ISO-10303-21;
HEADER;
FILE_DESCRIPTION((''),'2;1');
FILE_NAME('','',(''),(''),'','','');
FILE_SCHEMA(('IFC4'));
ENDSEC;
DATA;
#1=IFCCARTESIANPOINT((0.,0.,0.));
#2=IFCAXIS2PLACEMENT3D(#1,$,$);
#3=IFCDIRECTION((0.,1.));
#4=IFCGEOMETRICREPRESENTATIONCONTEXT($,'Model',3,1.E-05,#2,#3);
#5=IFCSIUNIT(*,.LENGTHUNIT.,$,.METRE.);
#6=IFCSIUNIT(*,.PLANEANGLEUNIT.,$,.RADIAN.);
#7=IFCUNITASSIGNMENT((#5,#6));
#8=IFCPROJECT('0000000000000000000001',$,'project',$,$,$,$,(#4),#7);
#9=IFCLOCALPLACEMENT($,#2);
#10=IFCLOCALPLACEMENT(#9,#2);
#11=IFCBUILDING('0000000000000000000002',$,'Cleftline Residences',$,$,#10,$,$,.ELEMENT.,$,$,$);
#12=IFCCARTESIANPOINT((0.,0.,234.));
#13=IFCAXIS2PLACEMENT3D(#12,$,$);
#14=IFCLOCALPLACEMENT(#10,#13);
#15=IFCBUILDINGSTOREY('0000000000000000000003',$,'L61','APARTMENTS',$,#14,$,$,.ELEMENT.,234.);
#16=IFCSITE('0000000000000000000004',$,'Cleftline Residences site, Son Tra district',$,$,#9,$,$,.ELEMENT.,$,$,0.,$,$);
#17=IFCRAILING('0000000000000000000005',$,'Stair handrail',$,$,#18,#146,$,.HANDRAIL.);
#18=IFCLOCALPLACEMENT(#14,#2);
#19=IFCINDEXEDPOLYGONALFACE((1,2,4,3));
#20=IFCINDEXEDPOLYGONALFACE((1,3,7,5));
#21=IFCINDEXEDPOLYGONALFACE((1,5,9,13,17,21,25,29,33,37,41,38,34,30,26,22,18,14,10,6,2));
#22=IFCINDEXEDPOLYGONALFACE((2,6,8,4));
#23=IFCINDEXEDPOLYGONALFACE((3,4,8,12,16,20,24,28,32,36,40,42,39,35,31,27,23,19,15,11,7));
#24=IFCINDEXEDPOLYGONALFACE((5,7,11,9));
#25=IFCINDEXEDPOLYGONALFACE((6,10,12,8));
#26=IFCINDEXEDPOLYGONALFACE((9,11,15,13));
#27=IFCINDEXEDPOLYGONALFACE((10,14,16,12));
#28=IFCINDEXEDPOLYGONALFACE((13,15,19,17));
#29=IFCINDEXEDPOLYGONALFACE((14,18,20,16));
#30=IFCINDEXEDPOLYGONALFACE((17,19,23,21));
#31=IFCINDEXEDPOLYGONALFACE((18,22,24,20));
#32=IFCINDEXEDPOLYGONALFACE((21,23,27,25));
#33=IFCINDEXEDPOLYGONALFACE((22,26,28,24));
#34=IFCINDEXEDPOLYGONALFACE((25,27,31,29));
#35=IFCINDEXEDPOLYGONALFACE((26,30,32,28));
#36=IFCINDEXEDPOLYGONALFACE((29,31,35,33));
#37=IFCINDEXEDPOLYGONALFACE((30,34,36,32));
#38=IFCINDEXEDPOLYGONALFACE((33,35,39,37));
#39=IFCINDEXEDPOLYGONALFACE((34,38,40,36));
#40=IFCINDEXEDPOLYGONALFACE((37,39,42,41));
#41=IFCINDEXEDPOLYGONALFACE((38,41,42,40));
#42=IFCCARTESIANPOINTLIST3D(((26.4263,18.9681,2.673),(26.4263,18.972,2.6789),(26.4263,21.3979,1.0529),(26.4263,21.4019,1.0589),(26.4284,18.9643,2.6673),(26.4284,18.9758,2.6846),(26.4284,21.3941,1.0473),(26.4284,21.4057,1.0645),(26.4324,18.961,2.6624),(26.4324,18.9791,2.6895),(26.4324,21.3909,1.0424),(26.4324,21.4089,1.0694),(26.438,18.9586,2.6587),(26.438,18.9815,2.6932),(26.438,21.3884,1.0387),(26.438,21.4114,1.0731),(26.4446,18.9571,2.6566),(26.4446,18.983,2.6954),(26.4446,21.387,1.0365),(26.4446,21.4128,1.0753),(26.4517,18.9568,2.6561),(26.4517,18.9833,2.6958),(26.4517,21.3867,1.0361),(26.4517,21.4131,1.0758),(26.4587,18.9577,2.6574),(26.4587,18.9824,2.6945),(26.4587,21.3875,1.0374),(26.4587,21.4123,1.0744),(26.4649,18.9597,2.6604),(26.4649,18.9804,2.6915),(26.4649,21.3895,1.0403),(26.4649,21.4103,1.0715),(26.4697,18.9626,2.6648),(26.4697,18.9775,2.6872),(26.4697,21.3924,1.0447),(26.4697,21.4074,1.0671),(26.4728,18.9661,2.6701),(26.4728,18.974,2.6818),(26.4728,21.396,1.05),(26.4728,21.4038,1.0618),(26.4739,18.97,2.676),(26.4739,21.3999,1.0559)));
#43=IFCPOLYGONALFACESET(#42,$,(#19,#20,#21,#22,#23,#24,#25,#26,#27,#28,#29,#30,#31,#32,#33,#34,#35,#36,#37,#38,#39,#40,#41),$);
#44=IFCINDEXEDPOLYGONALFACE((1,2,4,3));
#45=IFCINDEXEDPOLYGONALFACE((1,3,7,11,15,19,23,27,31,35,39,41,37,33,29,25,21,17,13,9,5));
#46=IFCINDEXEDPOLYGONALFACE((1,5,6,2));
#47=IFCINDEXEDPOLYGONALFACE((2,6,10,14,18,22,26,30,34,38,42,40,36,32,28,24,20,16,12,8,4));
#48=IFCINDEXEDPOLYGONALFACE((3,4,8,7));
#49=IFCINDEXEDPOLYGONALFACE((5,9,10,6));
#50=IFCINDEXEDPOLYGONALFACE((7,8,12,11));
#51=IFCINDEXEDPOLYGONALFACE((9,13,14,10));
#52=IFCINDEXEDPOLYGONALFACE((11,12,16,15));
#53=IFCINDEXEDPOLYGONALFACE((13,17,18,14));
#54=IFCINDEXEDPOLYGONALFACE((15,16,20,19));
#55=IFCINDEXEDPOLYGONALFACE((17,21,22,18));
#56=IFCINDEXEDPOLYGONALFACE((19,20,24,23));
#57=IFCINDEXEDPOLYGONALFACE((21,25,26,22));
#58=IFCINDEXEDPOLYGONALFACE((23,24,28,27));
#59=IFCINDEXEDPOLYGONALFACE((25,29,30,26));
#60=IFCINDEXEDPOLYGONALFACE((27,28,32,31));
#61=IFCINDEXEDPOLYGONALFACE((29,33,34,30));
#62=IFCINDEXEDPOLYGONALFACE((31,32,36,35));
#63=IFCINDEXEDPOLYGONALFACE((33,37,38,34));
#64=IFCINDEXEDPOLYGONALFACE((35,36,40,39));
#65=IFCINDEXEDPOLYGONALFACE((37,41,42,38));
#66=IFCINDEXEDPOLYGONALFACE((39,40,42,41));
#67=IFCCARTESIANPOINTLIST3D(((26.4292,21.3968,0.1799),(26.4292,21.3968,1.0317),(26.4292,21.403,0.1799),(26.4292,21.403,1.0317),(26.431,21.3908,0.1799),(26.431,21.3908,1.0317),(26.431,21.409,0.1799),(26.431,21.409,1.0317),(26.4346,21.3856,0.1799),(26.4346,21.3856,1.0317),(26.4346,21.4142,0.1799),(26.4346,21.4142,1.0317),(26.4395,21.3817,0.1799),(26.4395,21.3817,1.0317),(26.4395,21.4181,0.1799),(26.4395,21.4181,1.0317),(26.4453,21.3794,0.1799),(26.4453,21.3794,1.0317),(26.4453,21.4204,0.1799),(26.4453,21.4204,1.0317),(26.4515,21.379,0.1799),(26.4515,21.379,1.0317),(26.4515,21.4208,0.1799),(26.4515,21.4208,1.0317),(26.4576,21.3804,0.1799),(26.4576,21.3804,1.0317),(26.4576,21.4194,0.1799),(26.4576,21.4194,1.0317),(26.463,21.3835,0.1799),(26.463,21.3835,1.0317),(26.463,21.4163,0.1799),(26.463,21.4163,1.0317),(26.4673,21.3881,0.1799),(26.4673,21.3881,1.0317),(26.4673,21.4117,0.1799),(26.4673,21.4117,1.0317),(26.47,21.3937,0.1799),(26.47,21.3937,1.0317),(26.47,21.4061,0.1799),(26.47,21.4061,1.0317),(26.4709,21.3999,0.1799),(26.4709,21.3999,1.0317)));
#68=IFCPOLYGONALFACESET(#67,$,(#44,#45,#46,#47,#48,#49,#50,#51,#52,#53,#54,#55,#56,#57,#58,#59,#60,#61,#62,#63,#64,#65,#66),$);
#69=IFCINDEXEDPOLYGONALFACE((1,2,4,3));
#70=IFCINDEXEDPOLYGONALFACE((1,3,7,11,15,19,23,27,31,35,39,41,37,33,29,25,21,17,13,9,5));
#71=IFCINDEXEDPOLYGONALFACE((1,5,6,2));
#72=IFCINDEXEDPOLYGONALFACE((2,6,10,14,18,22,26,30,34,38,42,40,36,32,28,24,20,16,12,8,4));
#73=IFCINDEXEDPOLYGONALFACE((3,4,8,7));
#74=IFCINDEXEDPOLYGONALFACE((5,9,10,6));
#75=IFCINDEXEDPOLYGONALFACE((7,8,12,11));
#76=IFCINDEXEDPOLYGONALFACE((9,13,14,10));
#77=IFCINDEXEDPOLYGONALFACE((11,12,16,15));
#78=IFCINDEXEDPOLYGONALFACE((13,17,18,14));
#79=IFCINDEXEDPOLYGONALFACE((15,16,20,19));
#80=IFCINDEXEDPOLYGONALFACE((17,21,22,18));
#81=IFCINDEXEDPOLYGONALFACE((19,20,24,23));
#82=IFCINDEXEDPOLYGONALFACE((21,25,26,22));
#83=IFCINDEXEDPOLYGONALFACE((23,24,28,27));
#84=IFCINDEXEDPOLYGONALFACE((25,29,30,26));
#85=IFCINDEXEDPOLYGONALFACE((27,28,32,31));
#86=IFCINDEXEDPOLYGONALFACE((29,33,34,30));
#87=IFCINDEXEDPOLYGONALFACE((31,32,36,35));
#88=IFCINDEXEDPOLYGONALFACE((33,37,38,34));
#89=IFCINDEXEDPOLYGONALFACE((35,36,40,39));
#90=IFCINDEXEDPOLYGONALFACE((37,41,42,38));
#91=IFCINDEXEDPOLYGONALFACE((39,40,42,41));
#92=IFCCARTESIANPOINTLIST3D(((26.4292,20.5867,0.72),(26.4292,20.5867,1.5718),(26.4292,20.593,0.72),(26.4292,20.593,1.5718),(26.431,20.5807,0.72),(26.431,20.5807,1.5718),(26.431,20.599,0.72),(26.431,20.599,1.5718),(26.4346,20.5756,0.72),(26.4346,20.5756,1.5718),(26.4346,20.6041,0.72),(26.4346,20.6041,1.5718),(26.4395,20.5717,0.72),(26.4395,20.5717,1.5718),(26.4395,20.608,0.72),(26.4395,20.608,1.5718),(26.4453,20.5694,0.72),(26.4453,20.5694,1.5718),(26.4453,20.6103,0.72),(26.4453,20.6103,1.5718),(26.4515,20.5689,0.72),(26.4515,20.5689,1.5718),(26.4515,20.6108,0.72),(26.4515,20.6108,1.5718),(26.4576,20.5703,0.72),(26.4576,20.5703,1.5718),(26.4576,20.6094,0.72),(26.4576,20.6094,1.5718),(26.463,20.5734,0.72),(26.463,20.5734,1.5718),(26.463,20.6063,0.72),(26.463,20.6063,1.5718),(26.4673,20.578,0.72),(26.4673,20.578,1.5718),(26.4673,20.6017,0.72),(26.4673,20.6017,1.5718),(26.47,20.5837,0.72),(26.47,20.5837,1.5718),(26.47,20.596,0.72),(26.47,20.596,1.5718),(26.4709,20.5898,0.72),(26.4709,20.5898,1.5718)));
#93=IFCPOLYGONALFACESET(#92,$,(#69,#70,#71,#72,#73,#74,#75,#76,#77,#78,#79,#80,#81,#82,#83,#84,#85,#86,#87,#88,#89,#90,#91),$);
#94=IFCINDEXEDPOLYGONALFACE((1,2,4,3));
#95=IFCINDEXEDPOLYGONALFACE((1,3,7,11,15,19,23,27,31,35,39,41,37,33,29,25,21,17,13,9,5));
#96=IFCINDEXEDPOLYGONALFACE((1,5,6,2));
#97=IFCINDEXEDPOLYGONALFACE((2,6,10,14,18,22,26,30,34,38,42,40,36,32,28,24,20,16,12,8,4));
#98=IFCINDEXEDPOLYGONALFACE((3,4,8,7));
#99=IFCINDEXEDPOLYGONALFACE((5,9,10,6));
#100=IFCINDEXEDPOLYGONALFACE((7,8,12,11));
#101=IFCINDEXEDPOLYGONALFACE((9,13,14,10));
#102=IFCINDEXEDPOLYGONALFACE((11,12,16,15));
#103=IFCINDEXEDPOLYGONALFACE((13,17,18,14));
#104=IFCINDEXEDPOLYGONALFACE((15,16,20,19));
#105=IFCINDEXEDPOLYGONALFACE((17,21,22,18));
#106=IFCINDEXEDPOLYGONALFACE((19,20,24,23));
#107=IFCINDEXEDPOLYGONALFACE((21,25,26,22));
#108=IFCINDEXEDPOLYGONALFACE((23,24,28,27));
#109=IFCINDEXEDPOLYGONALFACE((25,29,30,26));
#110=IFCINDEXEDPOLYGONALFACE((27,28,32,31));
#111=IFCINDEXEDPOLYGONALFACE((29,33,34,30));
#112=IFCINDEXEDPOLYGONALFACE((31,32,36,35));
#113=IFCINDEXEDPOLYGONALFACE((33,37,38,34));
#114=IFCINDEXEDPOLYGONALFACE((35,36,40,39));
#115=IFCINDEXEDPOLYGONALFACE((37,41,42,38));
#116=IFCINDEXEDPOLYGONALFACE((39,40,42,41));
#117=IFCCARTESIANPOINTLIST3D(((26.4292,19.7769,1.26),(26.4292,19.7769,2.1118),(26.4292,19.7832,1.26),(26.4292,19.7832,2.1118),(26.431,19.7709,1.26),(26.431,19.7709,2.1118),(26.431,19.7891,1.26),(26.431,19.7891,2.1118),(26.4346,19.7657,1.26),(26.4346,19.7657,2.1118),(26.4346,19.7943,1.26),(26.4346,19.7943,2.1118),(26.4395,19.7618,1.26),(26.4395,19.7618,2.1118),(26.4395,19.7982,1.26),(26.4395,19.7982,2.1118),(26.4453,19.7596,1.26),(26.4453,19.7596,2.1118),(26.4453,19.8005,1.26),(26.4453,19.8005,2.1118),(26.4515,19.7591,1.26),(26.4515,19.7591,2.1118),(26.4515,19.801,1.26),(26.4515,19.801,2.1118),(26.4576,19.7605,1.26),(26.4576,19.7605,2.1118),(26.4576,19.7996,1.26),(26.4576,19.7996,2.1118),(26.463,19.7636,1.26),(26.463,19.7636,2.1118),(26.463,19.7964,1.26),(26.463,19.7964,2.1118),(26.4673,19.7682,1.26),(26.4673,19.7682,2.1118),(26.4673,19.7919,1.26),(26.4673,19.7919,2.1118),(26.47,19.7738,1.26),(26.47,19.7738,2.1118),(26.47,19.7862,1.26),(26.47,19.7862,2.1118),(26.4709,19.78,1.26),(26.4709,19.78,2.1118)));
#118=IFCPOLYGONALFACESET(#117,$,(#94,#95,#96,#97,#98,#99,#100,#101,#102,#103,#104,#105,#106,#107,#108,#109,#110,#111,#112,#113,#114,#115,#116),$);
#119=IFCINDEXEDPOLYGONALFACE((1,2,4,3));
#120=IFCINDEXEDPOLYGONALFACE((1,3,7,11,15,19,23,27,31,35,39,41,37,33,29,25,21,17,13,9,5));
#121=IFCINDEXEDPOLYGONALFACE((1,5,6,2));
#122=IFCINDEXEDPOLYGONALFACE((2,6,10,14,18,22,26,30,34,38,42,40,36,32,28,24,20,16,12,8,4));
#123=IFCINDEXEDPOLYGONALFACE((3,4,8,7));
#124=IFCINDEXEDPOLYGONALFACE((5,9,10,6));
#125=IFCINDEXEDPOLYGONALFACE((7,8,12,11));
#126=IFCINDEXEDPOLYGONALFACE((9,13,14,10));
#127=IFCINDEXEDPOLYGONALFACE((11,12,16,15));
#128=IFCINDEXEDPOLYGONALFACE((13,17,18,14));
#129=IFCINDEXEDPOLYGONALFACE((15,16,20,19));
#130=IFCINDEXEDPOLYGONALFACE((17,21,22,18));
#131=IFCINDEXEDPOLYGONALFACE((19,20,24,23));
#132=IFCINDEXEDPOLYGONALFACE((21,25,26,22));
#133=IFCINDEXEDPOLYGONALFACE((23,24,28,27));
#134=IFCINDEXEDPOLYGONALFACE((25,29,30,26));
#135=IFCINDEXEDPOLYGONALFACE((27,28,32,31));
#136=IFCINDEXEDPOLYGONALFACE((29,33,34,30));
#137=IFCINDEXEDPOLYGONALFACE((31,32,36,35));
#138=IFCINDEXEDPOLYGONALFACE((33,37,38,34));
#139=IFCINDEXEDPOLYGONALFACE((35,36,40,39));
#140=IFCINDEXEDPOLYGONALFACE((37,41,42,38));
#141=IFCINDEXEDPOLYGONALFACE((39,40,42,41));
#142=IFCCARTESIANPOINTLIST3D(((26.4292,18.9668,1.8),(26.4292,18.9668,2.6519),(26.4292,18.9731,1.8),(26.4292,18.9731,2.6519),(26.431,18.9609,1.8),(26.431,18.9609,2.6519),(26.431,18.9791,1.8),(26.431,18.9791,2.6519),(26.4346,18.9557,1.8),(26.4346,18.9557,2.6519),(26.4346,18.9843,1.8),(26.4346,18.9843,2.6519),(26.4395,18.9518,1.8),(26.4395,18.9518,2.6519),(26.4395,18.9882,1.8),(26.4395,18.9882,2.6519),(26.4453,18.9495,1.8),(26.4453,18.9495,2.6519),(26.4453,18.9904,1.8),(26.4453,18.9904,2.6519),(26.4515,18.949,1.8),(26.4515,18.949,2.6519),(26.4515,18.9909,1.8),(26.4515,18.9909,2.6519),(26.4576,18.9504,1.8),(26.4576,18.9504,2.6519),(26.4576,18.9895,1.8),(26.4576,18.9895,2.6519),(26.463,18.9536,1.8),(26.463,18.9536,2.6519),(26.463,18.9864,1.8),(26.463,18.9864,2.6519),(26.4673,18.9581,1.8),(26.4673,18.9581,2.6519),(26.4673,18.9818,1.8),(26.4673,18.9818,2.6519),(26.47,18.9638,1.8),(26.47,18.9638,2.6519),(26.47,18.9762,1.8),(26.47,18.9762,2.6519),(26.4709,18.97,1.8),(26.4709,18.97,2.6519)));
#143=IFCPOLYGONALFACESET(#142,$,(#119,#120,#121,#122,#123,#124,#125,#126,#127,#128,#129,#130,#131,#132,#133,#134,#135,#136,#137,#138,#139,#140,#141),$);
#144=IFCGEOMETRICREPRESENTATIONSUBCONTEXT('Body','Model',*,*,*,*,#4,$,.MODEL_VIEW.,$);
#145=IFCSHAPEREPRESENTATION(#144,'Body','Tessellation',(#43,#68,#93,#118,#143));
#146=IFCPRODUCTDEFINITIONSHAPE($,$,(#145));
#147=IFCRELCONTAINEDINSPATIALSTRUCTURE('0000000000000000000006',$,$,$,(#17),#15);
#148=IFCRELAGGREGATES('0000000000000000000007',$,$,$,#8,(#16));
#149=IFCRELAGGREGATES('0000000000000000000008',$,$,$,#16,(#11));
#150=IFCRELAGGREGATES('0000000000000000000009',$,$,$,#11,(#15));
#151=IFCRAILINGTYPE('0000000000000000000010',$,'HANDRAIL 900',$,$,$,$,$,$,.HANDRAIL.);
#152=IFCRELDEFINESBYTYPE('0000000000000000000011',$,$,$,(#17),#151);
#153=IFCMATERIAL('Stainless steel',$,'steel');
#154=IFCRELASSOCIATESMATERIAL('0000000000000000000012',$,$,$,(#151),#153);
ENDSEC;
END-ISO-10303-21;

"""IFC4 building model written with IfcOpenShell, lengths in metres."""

from ifc_helpers import new_model, si_unit, direction, frame, origin, origin_2d, place, context, subcontext, project, spatial, circle, extrude, material, type_object, element, save


model = new_model("IFC4")

# Units and contexts
model_context = context("Model", 3, precision=1e-05, world=origin(), true_north=direction((0.0, 1.0)))
body_context = subcontext(model_context, "Body", "Model", "MODEL_VIEW")
ifc_project = project(units=[si_unit("LENGTHUNIT", "METRE"), si_unit("PLANEANGLEUNIT", "RADIAN")], contexts=[model_context])

# Site, building, storey
site_placement = place(None, origin())
site = spatial("IfcSite", under=ifc_project, at=site_placement, Name="Cleftline Residences site, Son Tra district", CompositionType="ELEMENT", RefElevation=0.0)
building_placement = place(site_placement, origin())
building = spatial("IfcBuilding", under=site, at=building_placement, Name="Cleftline Residences", CompositionType="ELEMENT")
storey_placement = place(building_placement, frame((0.0, 0.0, 234.0)))
storey = spatial("IfcBuildingStorey", under=building, at=storey_placement, Name="L61", Description="APARTMENTS", CompositionType="ELEMENT", Elevation=234.0)

# Railing
ifc_material_1 = material(Name="Stainless steel", Category="steel")
railing_type = type_object("IfcRailingType", Name="HANDRAIL 900", PredefinedType="HANDRAIL", material=ifc_material_1)
railing_1_placement = place(storey_placement, frame((26.45, 21.3999, 0.1799)))
element("IfcRailing", 1, at=railing_1_placement, inside=storey, type_object=railing_type, Name="Stair handrail", PredefinedType="HANDRAIL", context=body_context, shape_type="SweptSolid", body=[
    extrude(circle(Radius=0.0239, at=origin_2d()), frame((0.0, 0.0, 0.876), z_axis=(0.0, -0.832025, 0.554739), x_axis=(1.0, 0.0, 0.0)), (0.0, 0.0, 1.0), 2.9204),
    extrude(circle(Radius=0.021, at=origin_2d()), origin(), (0.0, 0.0, 1.0), 0.8518),
    extrude(circle(Radius=0.021, at=origin_2d()), frame((0.0, -0.8101, 0.54)), (0.0, 0.0, 1.0), 0.8518),
    extrude(circle(Radius=0.021, at=origin_2d()), frame((0.0, -1.6199, 1.0801)), (0.0, 0.0, 1.0), 0.8518),
    extrude(circle(Radius=0.021, at=origin_2d()), frame((0.0, -2.4299, 1.6201)), (0.0, 0.0, 1.0), 0.8518),
])

save(model, "model.ifc")
